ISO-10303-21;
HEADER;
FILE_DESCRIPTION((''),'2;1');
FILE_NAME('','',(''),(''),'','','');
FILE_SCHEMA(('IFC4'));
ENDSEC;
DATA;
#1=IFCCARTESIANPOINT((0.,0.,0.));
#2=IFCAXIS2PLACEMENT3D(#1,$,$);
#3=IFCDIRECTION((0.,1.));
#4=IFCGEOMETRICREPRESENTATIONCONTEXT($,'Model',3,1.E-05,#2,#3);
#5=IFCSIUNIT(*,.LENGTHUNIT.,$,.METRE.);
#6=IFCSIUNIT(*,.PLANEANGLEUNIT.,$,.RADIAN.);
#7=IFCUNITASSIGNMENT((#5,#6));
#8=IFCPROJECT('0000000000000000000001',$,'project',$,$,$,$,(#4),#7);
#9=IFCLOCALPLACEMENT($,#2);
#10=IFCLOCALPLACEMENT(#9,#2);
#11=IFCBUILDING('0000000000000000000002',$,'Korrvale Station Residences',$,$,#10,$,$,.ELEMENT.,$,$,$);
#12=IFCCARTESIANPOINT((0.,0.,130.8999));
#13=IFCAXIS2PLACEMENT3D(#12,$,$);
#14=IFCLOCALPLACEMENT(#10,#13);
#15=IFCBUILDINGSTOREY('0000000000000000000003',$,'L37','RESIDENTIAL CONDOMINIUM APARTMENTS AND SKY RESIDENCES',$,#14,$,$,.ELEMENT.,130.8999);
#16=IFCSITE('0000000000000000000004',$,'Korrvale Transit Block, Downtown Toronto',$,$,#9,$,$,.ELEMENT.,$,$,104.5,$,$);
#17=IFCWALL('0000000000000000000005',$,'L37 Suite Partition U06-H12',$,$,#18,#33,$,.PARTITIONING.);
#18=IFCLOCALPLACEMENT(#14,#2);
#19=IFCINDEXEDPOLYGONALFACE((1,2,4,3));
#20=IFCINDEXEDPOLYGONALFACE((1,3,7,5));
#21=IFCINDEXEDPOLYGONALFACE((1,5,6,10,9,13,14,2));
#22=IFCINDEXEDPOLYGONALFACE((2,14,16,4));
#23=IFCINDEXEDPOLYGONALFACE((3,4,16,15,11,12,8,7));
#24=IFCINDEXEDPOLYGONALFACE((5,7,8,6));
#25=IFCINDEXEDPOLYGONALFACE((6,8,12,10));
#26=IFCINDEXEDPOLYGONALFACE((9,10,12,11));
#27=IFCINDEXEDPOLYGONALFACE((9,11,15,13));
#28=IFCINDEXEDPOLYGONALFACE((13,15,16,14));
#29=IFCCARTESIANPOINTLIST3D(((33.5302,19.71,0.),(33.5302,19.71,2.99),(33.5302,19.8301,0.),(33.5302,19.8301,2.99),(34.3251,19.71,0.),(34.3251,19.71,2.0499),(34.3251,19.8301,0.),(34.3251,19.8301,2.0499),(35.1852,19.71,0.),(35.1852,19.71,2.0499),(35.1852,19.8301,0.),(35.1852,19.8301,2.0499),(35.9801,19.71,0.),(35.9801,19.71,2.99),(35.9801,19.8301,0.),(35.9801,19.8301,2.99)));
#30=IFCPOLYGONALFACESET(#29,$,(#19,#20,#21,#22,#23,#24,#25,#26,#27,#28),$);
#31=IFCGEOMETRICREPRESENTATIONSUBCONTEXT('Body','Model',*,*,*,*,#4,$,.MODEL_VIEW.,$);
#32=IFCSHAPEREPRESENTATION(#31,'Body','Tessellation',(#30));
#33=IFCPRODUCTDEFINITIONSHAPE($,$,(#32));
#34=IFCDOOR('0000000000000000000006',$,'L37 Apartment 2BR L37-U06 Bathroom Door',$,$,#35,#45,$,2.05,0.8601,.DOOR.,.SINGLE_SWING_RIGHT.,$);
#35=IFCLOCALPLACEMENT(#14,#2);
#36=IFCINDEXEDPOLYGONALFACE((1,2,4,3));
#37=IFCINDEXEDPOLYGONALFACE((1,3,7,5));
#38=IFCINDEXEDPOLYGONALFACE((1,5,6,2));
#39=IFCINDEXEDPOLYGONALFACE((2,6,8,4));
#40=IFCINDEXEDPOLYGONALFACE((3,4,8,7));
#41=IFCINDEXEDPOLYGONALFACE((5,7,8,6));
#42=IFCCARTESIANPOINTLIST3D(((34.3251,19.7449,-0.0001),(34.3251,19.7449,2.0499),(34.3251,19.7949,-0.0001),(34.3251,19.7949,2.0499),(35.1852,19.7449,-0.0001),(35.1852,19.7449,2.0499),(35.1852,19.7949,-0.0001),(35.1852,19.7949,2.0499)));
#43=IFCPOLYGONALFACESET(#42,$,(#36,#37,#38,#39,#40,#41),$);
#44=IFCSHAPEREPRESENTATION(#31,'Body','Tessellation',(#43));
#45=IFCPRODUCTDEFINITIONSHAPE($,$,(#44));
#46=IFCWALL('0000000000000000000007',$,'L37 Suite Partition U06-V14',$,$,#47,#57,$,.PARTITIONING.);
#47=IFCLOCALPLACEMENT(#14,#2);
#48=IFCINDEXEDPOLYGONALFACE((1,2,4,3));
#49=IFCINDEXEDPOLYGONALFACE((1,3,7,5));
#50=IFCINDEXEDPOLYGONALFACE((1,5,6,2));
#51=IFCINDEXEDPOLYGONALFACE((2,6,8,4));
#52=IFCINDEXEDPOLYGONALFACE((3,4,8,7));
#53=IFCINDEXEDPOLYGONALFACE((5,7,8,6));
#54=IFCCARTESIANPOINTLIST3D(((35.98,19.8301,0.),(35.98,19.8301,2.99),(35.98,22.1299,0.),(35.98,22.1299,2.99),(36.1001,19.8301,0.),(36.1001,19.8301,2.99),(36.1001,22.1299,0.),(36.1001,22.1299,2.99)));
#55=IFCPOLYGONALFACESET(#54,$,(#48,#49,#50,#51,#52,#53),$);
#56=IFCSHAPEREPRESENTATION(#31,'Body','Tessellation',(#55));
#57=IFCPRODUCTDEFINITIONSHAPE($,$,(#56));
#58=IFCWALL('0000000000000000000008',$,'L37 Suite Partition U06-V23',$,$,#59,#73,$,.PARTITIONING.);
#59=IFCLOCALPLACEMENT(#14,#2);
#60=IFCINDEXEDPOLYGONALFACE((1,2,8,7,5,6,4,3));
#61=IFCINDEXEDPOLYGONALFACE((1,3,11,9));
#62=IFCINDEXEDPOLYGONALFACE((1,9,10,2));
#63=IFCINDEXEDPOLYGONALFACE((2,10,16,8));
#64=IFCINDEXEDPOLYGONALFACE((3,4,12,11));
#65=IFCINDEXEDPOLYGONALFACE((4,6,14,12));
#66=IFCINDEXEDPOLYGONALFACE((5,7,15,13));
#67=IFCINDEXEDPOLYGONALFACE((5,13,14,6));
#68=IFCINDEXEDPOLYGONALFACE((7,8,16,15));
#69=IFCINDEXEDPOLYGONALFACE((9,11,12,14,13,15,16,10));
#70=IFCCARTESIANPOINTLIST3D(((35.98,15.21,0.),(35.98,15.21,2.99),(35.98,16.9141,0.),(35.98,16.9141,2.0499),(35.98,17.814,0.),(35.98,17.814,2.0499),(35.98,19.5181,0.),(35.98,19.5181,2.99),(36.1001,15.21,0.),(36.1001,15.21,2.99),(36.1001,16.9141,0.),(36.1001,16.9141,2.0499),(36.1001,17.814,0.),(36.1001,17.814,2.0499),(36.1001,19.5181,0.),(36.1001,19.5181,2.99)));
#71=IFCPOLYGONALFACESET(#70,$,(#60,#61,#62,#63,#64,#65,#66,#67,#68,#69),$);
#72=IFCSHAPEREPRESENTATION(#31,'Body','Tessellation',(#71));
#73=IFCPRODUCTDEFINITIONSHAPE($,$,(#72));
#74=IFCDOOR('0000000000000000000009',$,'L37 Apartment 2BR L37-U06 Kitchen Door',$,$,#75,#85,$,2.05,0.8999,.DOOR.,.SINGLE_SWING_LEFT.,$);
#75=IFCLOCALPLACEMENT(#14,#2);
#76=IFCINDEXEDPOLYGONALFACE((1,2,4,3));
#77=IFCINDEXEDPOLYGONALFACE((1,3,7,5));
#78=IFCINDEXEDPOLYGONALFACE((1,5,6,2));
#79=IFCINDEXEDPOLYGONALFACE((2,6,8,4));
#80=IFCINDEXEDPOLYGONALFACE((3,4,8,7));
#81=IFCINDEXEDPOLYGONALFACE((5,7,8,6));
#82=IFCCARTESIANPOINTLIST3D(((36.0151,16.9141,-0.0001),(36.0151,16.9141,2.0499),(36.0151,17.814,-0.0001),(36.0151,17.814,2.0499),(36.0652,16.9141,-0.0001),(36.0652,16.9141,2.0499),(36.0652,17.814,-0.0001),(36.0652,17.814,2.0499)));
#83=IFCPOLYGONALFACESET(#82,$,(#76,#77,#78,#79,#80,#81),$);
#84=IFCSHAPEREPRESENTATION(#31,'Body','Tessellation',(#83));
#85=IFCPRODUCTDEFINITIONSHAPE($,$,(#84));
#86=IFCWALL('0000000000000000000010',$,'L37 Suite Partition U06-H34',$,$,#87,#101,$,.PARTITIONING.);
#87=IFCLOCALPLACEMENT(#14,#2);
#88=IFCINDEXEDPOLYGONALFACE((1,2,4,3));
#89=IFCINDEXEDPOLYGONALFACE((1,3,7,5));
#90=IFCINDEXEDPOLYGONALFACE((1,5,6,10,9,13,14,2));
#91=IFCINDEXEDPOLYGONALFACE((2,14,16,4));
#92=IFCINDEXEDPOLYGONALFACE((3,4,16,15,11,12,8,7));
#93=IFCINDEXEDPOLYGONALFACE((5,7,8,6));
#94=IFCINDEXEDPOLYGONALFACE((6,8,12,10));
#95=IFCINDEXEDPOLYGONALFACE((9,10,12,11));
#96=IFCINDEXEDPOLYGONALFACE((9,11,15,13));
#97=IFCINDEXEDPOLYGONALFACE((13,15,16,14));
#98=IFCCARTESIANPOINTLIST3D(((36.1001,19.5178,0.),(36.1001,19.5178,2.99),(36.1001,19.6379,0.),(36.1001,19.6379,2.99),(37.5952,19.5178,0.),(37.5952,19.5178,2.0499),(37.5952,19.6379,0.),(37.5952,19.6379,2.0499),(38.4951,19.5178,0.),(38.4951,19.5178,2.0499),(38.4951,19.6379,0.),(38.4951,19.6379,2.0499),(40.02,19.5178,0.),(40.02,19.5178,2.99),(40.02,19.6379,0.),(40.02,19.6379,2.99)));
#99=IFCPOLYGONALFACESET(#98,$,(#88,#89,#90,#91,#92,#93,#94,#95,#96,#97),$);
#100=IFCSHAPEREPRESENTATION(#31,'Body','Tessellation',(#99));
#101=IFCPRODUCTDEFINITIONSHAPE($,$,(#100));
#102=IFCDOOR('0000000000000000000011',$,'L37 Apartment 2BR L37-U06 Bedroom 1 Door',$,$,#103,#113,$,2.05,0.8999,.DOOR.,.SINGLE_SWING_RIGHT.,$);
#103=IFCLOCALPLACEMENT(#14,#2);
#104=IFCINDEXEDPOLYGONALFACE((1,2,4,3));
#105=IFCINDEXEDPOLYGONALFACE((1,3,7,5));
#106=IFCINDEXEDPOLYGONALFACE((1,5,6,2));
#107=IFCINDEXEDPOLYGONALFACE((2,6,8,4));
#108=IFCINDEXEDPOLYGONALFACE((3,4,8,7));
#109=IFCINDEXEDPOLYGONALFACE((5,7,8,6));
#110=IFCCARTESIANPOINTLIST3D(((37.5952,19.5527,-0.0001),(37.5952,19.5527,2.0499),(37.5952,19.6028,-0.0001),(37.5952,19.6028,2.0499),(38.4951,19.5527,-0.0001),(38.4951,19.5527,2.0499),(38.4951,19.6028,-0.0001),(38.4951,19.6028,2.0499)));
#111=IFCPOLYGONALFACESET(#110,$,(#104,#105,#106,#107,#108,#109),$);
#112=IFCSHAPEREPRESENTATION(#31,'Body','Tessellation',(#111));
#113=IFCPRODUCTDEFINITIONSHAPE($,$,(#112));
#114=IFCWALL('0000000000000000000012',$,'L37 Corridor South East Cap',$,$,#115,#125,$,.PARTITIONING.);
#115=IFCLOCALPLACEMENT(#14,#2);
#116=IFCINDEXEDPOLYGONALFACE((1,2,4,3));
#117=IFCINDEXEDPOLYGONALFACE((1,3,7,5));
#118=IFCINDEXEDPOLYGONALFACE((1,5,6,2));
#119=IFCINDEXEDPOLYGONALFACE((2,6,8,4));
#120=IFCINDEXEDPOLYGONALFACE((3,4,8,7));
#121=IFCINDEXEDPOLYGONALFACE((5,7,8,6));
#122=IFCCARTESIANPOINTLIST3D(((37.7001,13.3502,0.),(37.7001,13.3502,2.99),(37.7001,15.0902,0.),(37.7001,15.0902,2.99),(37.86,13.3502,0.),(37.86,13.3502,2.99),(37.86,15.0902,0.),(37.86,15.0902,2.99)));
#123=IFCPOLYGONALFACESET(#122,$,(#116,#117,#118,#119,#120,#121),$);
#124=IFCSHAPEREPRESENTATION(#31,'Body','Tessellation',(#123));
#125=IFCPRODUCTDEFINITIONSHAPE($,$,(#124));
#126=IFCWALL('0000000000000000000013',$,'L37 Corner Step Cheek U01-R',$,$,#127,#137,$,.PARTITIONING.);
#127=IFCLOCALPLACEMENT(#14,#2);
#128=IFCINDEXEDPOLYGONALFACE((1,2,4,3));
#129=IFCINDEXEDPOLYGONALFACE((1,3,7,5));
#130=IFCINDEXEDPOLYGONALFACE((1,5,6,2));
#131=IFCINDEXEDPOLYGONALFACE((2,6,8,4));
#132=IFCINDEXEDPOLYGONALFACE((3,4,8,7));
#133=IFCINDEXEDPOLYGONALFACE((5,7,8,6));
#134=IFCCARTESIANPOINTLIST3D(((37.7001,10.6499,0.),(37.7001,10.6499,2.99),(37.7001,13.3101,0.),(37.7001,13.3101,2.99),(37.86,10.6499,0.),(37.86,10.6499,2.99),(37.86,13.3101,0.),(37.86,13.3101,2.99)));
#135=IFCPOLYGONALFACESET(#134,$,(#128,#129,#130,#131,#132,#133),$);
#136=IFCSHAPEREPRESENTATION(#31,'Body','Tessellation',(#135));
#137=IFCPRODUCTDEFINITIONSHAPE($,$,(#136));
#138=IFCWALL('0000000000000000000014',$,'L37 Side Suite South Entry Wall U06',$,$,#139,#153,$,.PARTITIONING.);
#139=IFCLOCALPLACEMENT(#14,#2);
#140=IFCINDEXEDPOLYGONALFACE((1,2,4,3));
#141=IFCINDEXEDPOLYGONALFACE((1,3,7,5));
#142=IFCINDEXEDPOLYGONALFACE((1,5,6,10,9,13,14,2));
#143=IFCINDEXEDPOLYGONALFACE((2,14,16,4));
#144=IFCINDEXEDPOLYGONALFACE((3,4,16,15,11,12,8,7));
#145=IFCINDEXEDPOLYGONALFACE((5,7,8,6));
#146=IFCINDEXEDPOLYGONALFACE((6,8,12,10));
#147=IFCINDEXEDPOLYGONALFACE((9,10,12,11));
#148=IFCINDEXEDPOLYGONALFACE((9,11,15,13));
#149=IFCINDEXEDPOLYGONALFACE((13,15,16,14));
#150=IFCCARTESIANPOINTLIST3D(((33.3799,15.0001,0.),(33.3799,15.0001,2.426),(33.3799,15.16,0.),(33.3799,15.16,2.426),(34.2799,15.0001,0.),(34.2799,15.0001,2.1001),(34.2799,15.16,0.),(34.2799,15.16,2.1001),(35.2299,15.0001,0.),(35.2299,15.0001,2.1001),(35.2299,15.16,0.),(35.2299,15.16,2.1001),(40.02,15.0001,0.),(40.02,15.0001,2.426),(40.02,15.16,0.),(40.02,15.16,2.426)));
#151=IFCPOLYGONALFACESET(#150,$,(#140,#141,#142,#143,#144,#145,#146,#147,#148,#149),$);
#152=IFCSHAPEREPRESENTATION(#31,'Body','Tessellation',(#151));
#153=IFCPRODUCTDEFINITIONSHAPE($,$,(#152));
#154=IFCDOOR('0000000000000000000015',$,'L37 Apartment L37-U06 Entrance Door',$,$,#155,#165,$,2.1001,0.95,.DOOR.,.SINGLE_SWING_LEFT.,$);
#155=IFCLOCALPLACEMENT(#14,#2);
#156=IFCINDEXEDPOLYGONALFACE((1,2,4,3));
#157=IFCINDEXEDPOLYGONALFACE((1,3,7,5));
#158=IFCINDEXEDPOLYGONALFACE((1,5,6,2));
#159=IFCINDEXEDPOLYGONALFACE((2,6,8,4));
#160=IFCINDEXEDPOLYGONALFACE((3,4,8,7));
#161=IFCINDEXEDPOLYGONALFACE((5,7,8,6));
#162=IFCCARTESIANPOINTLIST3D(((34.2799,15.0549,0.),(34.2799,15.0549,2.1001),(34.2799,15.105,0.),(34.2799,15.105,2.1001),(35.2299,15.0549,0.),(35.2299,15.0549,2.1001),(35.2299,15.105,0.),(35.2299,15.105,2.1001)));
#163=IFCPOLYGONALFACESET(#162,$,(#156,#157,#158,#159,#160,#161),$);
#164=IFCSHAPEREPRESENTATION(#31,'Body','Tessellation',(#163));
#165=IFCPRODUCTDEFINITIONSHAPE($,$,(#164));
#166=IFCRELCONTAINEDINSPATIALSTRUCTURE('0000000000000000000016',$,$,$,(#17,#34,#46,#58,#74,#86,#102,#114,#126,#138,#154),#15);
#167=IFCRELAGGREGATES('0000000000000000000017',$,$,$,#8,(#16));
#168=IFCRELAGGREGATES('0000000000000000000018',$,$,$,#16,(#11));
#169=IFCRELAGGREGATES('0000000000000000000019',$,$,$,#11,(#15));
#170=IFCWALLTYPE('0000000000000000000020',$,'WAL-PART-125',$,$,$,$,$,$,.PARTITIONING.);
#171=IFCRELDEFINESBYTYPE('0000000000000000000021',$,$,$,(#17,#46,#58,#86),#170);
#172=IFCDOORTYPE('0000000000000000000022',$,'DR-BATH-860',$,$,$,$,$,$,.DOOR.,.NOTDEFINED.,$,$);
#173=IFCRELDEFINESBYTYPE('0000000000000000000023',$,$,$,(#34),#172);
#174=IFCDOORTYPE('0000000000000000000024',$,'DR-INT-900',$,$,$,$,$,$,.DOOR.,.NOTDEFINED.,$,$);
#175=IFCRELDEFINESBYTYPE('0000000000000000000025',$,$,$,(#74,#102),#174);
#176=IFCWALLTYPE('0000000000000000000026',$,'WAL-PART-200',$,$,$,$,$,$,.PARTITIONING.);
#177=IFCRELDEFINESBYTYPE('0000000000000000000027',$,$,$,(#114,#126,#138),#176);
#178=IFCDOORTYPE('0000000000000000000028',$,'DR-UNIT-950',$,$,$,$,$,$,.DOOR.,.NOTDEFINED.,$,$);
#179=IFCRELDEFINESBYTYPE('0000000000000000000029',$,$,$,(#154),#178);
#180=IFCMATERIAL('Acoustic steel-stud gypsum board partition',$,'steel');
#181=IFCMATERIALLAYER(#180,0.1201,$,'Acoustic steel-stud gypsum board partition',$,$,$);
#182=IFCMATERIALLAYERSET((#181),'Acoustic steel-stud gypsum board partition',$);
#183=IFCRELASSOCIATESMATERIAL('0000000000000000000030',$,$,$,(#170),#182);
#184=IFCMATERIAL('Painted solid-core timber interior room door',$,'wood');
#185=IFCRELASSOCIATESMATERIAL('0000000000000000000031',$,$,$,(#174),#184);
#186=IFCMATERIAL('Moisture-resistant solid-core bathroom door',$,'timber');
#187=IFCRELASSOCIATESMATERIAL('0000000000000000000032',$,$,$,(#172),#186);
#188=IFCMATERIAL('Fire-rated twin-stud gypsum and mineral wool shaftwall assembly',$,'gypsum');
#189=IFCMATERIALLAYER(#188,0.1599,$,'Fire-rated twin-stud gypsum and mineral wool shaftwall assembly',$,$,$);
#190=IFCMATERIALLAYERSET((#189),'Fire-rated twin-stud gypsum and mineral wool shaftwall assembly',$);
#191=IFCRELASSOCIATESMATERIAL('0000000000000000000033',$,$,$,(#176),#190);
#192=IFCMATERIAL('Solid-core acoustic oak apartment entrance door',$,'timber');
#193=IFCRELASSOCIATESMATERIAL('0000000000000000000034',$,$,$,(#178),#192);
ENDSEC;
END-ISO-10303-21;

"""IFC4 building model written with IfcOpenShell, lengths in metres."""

from ifc_helpers import new_model, si_unit, direction, frame, frame_2d, origin, place, context, subcontext, project, spatial, rectangle, extrude, material, layer, layer_set, type_object, element, fill, save


model = new_model("IFC4")

# Units and contexts
model_context = context("Model", 3, precision=1e-05, world=origin(), true_north=direction((0.0, 1.0)))
body_context = subcontext(model_context, "Body", "Model", "MODEL_VIEW")
ifc_project = project(units=[si_unit("LENGTHUNIT", "METRE"), si_unit("PLANEANGLEUNIT", "RADIAN")], contexts=[model_context])

# Site, building, storey
site_placement = place(None, origin())
site = spatial("IfcSite", under=ifc_project, at=site_placement, Name="Korrvale Transit Block, Downtown Toronto", CompositionType="ELEMENT", RefElevation=104.5)
building_placement = place(site_placement, origin())
building = spatial("IfcBuilding", under=site, at=building_placement, Name="Korrvale Station Residences", CompositionType="ELEMENT")
storey_placement = place(building_placement, frame((0.0, 0.0, 130.8999)))
storey = spatial("IfcBuildingStorey", under=building, at=storey_placement, Name="L37", Description="RESIDENTIAL CONDOMINIUM APARTMENTS AND SKY RESIDENCES", CompositionType="ELEMENT", Elevation=130.8999)

# Wall, opening, door
ifc_material_1 = material(Name="Acoustic steel-stud gypsum board partition", Category="steel")
ifc_layer_1 = layer(ifc_material_1, 0.1201, Name="Acoustic steel-stud gypsum board partition")
ifc_layer_set_1 = layer_set([ifc_layer_1], Name="Acoustic steel-stud gypsum board partition")
wall_type_1 = type_object("IfcWallType", Name="WAL-PART-125", PredefinedType="PARTITIONING", material=ifc_layer_set_1)
ifc_material_2 = material(Name="Painted solid-core timber interior room door", Category="wood")
door_type_1 = type_object("IfcDoorType", Name="DR-INT-900", OperationType="NOTDEFINED", PredefinedType="DOOR", material=ifc_material_2)
wall_1_placement = place(storey_placement, frame((33.53, 19.77, 0.0), z_axis=(0.0, 0.0, 1.0), x_axis=(1.0, 0.0, 0.0)))
wall_1 = element("IfcWall", 1, at=wall_1_placement, inside=storey, type_object=wall_type_1, Name="L37 Suite Partition U06-H12", PredefinedType="PARTITIONING", context=body_context, shape_type="SweptSolid", body=[
    extrude(rectangle(XDim=2.45, YDim=0.1201, at=frame_2d((1.2251, 0.0))), origin(), (0.0, 0.0, 1.0), 2.99),
])
opening_1_placement = place(wall_1_placement, frame((0.7949, 0.0, 0.0)))
opening_1 = element("IfcOpeningElement", 2, at=opening_1_placement, cuts=wall_1, PredefinedType="OPENING", context=body_context, shape_type="SweptSolid", body=[
    extrude(rectangle(XDim=0.8601, YDim=2.05, at=frame_2d((0.4302, 1.0249))), frame((0.0, 0.0701, 0.0), z_axis=(0.0, -1.0, 0.0), x_axis=(1.0, 0.0, 0.0)), (0.0, 0.0, 1.0), 0.1401),
])
ifc_material_3 = material(Name="Moisture-resistant solid-core bathroom door", Category="timber")
door_type_2 = type_object("IfcDoorType", Name="DR-BATH-860", OperationType="NOTDEFINED", PredefinedType="DOOR", material=ifc_material_3)
door_1_placement = place(opening_1_placement, origin())
door_1 = element("IfcDoor", 3, at=door_1_placement, inside=storey, type_object=door_type_2, Name="L37 Apartment 2BR L37-U06 Bathroom Door", OperationType="SINGLE_SWING_RIGHT", OverallHeight=2.05, OverallWidth=0.8601, PredefinedType="DOOR", context=body_context, shape_type="SweptSolid", body=[
    extrude(rectangle(XDim=0.8601, YDim=2.05, at=frame_2d((0.4302, 1.0249))), frame((0.0, 0.0249, 0.0), z_axis=(0.0, -1.0, 0.0), x_axis=(1.0, 0.0, 0.0)), (0.0, 0.0, 1.0), 0.05),
])
fill(opening_1, door_1)

# Wall
wall_2_placement = place(storey_placement, frame((36.04, 19.8301, 0.0), z_axis=(0.0, 0.0, 1.0), x_axis=(0.0, 1.0, 0.0)))
element("IfcWall", 4, at=wall_2_placement, inside=storey, type_object=wall_type_1, Name="L37 Suite Partition U06-V14", PredefinedType="PARTITIONING", context=body_context, shape_type="SweptSolid", body=[
    extrude(rectangle(XDim=2.2998, YDim=0.1201, at=frame_2d((1.1499, 0.0))), origin(), (0.0, 0.0, 1.0), 2.99),
])

# Walls, openings, doors
wall_3_placement = place(storey_placement, frame((36.04, 15.21, 0.0), z_axis=(0.0, 0.0, 1.0), x_axis=(0.0, 1.0, 0.0)))
wall_3 = element("IfcWall", 5, at=wall_3_placement, inside=storey, type_object=wall_type_1, Name="L37 Suite Partition U06-V23", PredefinedType="PARTITIONING", context=body_context, shape_type="SweptSolid", body=[
    extrude(rectangle(XDim=4.3081, YDim=0.1201, at=frame_2d((2.1541, 0.0))), origin(), (0.0, 0.0, 1.0), 2.99),
])
opening_2_placement = place(wall_3_placement, frame((1.7041, 0.0, 0.0)))
opening_2 = element("IfcOpeningElement", 6, at=opening_2_placement, cuts=wall_3, PredefinedType="OPENING", context=body_context, shape_type="SweptSolid", body=[
    extrude(rectangle(XDim=0.8999, YDim=2.05, at=frame_2d((0.45, 1.0249))), frame((0.0, 0.0701, 0.0), z_axis=(0.0, -1.0, 0.0), x_axis=(1.0, 0.0, 0.0)), (0.0, 0.0, 1.0), 0.1401),
])
door_2_placement = place(opening_2_placement, origin())
door_2 = element("IfcDoor", 7, at=door_2_placement, inside=storey, type_object=door_type_1, Name="L37 Apartment 2BR L37-U06 Kitchen Door", OperationType="SINGLE_SWING_LEFT", OverallHeight=2.05, OverallWidth=0.8999, PredefinedType="DOOR", context=body_context, shape_type="SweptSolid", body=[
    extrude(rectangle(XDim=0.8999, YDim=2.05, at=frame_2d((0.45, 1.0249))), frame((0.0, 0.0249, 0.0), z_axis=(0.0, -1.0, 0.0), x_axis=(1.0, 0.0, 0.0)), (0.0, 0.0, 1.0), 0.05),
])
fill(opening_2, door_2)
wall_4_placement = place(storey_placement, frame((36.1001, 19.5779, 0.0), z_axis=(0.0, 0.0, 1.0), x_axis=(1.0, 0.0, 0.0)))
wall_4 = element("IfcWall", 8, at=wall_4_placement, inside=storey, type_object=wall_type_1, Name="L37 Suite Partition U06-H34", PredefinedType="PARTITIONING", context=body_context, shape_type="SweptSolid", body=[
    extrude(rectangle(XDim=3.9199, YDim=0.1201, at=frame_2d((1.96, 0.0))), origin(), (0.0, 0.0, 1.0), 2.99),
])
opening_3_placement = place(wall_4_placement, frame((1.4951, 0.0, 0.0)))
opening_3 = element("IfcOpeningElement", 9, at=opening_3_placement, cuts=wall_4, PredefinedType="OPENING", context=body_context, shape_type="SweptSolid", body=[
    extrude(rectangle(XDim=0.8999, YDim=2.05, at=frame_2d((0.45, 1.0249))), frame((0.0, 0.0701, 0.0), z_axis=(0.0, -1.0, 0.0), x_axis=(1.0, 0.0, 0.0)), (0.0, 0.0, 1.0), 0.1401),
])
door_3_placement = place(opening_3_placement, origin())
door_3 = element("IfcDoor", 10, at=door_3_placement, inside=storey, type_object=door_type_1, Name="L37 Apartment 2BR L37-U06 Bedroom 1 Door", OperationType="SINGLE_SWING_RIGHT", OverallHeight=2.05, OverallWidth=0.8999, PredefinedType="DOOR", context=body_context, shape_type="SweptSolid", body=[
    extrude(rectangle(XDim=0.8999, YDim=2.05, at=frame_2d((0.45, 1.0249))), frame((0.0, 0.0249, 0.0), z_axis=(0.0, -1.0, 0.0), x_axis=(1.0, 0.0, 0.0)), (0.0, 0.0, 1.0), 0.05),
])
fill(opening_3, door_3)

# Walls
ifc_material_4 = material(Name="Fire-rated twin-stud gypsum and mineral wool shaftwall assembly", Category="gypsum")
ifc_layer_2 = layer(ifc_material_4, 0.1599, Name="Fire-rated twin-stud gypsum and mineral wool shaftwall assembly")
ifc_layer_set_2 = layer_set([ifc_layer_2], Name="Fire-rated twin-stud gypsum and mineral wool shaftwall assembly")
wall_type_2 = type_object("IfcWallType", Name="WAL-PART-200", PredefinedType="PARTITIONING", material=ifc_layer_set_2)
wall_5_placement = place(storey_placement, frame((37.78, 13.3501, 0.0), z_axis=(0.0, 0.0, 1.0), x_axis=(0.0, 1.0, 0.0)))
element("IfcWall", 11, at=wall_5_placement, inside=storey, type_object=wall_type_2, Name="L37 Corridor South East Cap", PredefinedType="PARTITIONING", context=body_context, shape_type="SweptSolid", body=[
    extrude(rectangle(XDim=1.74, YDim=0.1599, at=frame_2d((0.8701, 0.0))), origin(), (0.0, 0.0, 1.0), 2.99),
])
wall_6_placement = place(storey_placement, frame((37.78, 10.6499, 0.0), z_axis=(0.0, 0.0, 1.0), x_axis=(0.0, 1.0, 0.0)))
element("IfcWall", 12, at=wall_6_placement, inside=storey, type_object=wall_type_2, Name="L37 Corner Step Cheek U01-R", PredefinedType="PARTITIONING", context=body_context, shape_type="SweptSolid", body=[
    extrude(rectangle(XDim=2.6602, YDim=0.1599, at=frame_2d((1.3301, 0.0))), origin(), (0.0, 0.0, 1.0), 2.99),
])

# Wall, opening, door
wall_7_placement = place(storey_placement, frame((33.3799, 15.0801, 0.0), z_axis=(0.0, 0.0, 1.0), x_axis=(1.0, 0.0, 0.0)))
wall_7 = element("IfcWall", 13, at=wall_7_placement, inside=storey, type_object=wall_type_2, Name="L37 Side Suite South Entry Wall U06", PredefinedType="PARTITIONING", context=body_context, shape_type="SweptSolid", body=[
    extrude(rectangle(XDim=6.6401, YDim=0.1599, at=frame_2d((3.3201, 0.0))), origin(), (0.0, 0.0, 1.0), 2.426),
])
opening_4_placement = place(wall_7_placement, frame((0.8999, 0.0, 0.0)))
opening_4 = element("IfcOpeningElement", 14, at=opening_4_placement, cuts=wall_7, PredefinedType="OPENING", context=body_context, shape_type="SweptSolid", body=[
    extrude(rectangle(XDim=0.95, YDim=2.1001, at=frame_2d((0.4751, 1.05))), frame((0.0, 0.0898, 0.0), z_axis=(0.0, -1.0, 0.0), x_axis=(1.0, 0.0, 0.0)), (0.0, 0.0, 1.0), 0.1799),
])
ifc_material_5 = material(Name="Solid-core acoustic oak apartment entrance door", Category="timber")
door_type_3 = type_object("IfcDoorType", Name="DR-UNIT-950", OperationType="NOTDEFINED", PredefinedType="DOOR", material=ifc_material_5)
door_4_placement = place(opening_4_placement, origin())
door_4 = element("IfcDoor", 15, at=door_4_placement, inside=storey, type_object=door_type_3, Name="L37 Apartment L37-U06 Entrance Door", OperationType="SINGLE_SWING_LEFT", OverallHeight=2.1001, OverallWidth=0.95, PredefinedType="DOOR", context=body_context, shape_type="SweptSolid", body=[
    extrude(rectangle(XDim=0.95, YDim=2.1001, at=frame_2d((0.4751, 1.05))), frame((0.0, 0.0249, 0.0), z_axis=(0.0, -1.0, 0.0), x_axis=(1.0, 0.0, 0.0)), (0.0, 0.0, 1.0), 0.05),
])
fill(opening_4, door_4)

save(model, "model.ifc")
